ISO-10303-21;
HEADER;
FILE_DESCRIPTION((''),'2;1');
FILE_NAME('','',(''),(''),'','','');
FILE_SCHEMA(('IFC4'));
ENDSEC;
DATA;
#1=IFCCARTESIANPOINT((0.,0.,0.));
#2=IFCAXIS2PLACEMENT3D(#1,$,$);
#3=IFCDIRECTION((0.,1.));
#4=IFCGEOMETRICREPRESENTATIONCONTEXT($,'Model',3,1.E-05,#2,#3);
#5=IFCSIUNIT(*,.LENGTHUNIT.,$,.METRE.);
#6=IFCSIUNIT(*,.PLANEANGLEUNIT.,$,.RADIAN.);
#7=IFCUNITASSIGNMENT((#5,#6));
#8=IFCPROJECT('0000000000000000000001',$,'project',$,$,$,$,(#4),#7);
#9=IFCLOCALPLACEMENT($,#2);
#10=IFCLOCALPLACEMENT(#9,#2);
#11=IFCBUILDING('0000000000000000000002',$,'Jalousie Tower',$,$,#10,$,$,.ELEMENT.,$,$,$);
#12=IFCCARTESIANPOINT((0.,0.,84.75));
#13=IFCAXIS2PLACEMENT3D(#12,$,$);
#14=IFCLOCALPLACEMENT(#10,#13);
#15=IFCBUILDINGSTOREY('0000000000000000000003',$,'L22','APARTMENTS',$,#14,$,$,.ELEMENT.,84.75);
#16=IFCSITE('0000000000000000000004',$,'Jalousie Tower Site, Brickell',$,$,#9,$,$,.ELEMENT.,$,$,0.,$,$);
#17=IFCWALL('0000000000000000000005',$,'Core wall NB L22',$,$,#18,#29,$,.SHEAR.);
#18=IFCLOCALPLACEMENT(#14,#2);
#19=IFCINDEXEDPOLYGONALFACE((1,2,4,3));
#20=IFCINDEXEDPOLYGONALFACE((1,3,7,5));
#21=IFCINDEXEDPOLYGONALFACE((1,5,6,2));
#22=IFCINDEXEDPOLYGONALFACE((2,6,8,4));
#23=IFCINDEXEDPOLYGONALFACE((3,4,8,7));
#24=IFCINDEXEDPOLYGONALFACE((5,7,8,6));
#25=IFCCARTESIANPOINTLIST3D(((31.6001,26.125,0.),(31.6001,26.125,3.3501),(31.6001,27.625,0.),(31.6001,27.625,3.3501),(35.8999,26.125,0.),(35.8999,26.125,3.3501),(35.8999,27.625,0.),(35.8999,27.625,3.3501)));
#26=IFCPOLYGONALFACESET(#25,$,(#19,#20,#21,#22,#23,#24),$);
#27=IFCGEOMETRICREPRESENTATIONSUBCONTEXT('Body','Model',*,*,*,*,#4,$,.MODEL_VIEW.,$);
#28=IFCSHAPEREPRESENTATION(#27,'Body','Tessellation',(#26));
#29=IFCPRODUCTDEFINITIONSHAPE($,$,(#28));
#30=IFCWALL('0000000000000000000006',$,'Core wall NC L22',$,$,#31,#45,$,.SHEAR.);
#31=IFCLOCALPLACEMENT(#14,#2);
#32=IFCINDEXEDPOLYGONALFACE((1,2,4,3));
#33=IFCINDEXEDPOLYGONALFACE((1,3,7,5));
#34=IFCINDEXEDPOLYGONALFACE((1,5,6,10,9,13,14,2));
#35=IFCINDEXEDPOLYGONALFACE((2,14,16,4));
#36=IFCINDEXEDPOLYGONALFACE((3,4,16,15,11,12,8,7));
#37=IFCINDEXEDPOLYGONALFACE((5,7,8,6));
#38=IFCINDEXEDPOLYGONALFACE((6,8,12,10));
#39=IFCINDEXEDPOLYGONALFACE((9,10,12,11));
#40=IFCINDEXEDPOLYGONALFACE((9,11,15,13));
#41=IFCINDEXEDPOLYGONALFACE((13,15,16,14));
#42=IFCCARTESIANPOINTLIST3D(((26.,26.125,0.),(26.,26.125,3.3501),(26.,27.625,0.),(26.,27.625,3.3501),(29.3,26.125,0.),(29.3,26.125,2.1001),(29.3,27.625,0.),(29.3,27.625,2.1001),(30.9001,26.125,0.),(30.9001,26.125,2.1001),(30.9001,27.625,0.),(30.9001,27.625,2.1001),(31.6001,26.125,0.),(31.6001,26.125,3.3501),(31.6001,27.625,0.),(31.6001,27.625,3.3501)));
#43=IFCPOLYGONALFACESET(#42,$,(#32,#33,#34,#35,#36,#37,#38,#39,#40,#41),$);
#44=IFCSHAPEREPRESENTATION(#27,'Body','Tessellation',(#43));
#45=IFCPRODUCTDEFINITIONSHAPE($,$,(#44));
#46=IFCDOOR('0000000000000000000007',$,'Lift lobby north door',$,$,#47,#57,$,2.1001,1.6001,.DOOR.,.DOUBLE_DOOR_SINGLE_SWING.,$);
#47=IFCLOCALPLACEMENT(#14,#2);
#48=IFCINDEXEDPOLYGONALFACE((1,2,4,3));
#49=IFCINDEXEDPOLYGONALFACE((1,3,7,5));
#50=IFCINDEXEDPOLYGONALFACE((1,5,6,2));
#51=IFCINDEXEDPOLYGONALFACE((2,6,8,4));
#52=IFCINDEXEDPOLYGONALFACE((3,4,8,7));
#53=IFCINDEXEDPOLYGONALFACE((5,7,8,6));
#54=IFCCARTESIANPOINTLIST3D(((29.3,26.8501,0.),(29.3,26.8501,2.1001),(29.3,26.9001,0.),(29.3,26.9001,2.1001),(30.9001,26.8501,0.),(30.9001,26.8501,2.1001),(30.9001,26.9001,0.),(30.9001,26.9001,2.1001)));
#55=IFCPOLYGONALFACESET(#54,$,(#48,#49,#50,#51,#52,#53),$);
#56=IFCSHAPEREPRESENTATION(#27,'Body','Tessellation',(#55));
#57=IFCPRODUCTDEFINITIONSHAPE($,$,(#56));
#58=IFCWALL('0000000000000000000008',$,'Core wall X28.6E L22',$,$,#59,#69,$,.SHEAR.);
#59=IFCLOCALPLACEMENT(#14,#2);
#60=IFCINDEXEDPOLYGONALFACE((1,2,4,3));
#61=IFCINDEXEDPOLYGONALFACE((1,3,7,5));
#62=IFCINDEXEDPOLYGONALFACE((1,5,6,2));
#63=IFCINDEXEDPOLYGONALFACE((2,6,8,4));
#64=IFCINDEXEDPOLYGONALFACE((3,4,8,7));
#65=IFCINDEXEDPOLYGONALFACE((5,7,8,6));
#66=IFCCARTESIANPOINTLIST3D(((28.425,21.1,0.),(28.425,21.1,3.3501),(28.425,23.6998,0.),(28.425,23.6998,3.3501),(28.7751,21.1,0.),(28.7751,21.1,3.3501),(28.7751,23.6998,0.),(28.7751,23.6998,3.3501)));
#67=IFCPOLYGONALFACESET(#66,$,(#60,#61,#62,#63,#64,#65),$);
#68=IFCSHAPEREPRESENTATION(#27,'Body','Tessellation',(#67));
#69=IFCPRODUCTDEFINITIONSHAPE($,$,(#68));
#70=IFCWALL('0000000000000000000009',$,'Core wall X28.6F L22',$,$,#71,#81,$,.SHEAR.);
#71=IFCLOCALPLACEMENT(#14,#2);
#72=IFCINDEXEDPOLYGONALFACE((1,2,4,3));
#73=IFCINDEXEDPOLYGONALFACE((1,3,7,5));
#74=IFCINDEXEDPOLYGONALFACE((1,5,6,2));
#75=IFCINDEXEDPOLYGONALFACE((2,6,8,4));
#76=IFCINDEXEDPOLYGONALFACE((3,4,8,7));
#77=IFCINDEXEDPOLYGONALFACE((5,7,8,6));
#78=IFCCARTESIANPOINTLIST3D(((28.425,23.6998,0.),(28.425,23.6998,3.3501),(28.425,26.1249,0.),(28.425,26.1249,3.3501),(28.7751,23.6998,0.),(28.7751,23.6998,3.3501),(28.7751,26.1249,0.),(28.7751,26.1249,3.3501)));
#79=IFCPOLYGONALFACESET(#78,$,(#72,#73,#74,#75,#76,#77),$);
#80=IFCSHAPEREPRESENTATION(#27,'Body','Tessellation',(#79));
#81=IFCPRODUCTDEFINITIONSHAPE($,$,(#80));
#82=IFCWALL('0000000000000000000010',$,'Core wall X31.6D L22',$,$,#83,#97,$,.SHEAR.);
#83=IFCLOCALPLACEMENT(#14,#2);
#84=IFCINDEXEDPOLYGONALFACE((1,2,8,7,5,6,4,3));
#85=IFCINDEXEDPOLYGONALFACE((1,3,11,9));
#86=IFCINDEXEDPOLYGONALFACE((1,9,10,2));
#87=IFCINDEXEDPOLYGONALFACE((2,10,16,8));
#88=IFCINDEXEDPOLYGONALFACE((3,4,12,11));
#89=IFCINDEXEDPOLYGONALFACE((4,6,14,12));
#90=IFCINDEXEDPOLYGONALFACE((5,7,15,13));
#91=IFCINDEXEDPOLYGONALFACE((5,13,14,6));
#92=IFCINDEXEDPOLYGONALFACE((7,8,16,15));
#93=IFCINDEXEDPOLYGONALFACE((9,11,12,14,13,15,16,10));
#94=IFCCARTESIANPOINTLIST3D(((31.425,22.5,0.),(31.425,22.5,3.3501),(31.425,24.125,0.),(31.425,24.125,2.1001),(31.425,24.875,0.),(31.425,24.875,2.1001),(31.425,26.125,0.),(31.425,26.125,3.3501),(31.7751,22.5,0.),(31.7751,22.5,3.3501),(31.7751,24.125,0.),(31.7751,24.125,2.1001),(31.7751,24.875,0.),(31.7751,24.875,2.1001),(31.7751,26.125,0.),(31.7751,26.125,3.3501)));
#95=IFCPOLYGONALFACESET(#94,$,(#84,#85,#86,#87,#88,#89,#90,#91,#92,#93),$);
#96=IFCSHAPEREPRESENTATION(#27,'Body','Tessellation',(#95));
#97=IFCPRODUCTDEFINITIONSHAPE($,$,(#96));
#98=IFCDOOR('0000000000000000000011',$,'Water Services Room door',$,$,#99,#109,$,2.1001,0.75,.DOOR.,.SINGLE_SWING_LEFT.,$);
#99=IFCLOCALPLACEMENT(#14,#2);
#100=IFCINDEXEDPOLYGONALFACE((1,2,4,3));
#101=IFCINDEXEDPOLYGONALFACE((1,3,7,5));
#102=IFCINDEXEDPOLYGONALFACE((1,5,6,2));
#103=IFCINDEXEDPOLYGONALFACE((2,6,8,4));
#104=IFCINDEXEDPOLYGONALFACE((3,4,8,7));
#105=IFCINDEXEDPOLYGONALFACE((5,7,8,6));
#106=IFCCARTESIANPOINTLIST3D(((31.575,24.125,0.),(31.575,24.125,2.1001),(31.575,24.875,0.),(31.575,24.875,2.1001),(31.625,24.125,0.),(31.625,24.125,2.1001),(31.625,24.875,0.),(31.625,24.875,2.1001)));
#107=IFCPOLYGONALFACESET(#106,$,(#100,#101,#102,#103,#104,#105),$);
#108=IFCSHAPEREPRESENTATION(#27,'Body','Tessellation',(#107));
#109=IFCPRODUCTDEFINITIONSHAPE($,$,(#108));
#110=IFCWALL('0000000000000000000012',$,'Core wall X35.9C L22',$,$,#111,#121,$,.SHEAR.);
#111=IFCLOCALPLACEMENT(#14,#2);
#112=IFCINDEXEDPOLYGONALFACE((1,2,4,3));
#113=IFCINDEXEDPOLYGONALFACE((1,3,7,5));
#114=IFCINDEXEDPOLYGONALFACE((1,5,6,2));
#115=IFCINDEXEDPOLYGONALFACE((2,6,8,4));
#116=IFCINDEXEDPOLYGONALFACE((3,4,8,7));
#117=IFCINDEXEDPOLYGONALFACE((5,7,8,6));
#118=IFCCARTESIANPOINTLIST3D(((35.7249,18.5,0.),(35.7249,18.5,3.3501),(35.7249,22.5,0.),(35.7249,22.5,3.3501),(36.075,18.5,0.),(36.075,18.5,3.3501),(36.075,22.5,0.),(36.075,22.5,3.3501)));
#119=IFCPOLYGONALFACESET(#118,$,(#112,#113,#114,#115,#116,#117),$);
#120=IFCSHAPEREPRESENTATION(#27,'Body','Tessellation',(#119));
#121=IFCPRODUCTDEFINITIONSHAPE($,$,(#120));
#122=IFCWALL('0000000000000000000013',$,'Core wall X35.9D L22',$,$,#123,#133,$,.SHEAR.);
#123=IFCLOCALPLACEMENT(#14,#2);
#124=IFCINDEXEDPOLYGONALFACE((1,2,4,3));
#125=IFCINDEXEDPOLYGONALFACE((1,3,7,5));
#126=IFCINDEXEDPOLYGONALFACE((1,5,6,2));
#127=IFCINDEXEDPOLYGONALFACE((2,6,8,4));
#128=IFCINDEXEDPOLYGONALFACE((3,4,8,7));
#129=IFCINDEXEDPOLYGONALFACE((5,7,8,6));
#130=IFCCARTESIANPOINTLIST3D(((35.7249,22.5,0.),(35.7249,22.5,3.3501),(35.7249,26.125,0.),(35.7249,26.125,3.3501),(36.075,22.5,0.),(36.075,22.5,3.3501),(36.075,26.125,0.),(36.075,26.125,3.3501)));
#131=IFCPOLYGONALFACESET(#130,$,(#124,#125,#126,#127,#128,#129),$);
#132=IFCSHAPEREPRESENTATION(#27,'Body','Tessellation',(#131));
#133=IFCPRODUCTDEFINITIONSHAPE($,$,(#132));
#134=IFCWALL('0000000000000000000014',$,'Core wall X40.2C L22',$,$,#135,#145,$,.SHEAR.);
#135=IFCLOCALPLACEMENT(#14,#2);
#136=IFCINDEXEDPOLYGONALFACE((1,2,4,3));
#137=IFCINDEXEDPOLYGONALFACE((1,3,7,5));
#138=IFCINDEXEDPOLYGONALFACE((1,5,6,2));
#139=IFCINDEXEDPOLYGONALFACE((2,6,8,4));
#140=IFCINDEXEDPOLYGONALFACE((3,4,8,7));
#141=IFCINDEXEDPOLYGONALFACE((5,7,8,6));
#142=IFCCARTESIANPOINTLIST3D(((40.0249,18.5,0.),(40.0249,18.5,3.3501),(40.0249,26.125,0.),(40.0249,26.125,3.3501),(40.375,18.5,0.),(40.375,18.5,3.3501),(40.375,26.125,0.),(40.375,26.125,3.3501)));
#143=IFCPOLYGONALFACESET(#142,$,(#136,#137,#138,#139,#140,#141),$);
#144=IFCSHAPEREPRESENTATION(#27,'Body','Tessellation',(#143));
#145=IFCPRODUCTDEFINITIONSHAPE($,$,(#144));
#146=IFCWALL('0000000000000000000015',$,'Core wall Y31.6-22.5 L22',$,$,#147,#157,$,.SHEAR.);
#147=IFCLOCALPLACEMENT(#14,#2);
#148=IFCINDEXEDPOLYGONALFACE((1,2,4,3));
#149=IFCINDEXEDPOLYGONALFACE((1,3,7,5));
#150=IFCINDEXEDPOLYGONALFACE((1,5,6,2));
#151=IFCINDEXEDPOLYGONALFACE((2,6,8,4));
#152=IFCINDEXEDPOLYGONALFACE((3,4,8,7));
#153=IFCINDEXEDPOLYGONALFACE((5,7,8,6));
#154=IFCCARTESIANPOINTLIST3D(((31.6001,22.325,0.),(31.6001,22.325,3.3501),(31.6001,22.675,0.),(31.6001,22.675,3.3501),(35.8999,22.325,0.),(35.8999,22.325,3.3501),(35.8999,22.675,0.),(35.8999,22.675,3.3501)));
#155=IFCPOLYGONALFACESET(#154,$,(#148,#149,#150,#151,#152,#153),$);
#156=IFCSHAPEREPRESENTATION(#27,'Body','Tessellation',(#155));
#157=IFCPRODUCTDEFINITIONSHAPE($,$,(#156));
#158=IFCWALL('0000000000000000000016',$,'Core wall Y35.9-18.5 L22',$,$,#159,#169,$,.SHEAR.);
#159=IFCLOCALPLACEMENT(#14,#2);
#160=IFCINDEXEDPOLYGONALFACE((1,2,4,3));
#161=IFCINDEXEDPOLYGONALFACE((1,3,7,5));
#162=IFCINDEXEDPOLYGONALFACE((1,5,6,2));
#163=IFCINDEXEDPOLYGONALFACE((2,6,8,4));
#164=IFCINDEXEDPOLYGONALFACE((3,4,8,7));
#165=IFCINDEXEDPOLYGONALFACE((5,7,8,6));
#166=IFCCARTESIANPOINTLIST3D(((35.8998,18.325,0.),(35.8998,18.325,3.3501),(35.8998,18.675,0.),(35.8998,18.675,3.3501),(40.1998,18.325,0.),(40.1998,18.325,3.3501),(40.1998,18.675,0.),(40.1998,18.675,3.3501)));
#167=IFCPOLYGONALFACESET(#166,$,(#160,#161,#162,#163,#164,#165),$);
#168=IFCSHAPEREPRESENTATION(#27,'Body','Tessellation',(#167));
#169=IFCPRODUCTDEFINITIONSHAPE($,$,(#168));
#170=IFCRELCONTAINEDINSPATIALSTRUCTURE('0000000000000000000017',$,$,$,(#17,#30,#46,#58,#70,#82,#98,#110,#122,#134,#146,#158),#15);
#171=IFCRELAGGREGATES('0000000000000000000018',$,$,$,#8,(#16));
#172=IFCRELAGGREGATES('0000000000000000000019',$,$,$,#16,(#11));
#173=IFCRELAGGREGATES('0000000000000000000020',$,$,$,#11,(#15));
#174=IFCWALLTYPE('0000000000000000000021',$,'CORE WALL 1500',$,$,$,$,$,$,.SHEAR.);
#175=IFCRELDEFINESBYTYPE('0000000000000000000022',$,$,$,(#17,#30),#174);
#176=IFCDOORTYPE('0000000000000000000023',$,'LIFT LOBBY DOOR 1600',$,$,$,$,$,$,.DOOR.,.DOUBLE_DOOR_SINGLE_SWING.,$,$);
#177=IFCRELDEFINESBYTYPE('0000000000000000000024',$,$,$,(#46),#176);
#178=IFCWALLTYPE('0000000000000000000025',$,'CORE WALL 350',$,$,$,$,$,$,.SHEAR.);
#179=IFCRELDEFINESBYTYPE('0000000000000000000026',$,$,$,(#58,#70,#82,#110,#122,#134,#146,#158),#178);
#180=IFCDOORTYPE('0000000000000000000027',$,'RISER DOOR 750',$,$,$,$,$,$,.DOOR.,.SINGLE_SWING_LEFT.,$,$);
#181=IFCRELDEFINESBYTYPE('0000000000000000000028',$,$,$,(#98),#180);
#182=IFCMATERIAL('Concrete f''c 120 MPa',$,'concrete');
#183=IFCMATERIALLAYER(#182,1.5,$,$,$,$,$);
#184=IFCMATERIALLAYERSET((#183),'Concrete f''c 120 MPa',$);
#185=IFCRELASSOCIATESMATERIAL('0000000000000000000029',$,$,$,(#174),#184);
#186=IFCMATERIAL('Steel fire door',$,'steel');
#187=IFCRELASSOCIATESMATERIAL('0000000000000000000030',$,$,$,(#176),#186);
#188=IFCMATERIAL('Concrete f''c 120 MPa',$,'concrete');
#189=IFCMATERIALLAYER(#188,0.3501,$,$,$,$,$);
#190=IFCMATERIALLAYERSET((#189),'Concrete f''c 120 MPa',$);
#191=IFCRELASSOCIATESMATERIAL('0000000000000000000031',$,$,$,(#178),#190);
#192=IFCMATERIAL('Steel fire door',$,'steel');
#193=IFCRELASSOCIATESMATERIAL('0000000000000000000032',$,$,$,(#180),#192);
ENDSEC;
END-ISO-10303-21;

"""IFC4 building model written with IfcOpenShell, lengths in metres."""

from ifc_helpers import new_model, si_unit, direction, frame, frame_2d, origin, place, context, subcontext, project, spatial, rectangle, extrude, material, layer, layer_set, type_object, element, fill, save


model = new_model("IFC4")

# Units and contexts
model_context = context("Model", 3, precision=1e-05, world=origin(), true_north=direction((0.0, 1.0)))
body_context = subcontext(model_context, "Body", "Model", "MODEL_VIEW")
ifc_project = project(units=[si_unit("LENGTHUNIT", "METRE"), si_unit("PLANEANGLEUNIT", "RADIAN")], contexts=[model_context])

# Site, building, storey
site_placement = place(None, origin())
site = spatial("IfcSite", under=ifc_project, at=site_placement, Name="Jalousie Tower Site, Brickell", CompositionType="ELEMENT", RefElevation=0.0)
building_placement = place(site_placement, origin())
building = spatial("IfcBuilding", under=site, at=building_placement, Name="Jalousie Tower", CompositionType="ELEMENT")
storey_placement = place(building_placement, frame((0.0, 0.0, 84.75)))
storey = spatial("IfcBuildingStorey", under=building, at=storey_placement, Name="L22", Description="APARTMENTS", CompositionType="ELEMENT", Elevation=84.75)

# Wall
ifc_material_1 = material(Name="Concrete f'c 120 MPa", Category="concrete")
ifc_layer_1 = layer(ifc_material_1, 1.5)
ifc_layer_set_1 = layer_set([ifc_layer_1], Name="Concrete f'c 120 MPa")
wall_type_1 = type_object("IfcWallType", Name="CORE WALL 1500", PredefinedType="SHEAR", material=ifc_layer_set_1)
wall_1_placement = place(storey_placement, frame((35.8999, 26.875, 0.0), z_axis=(0.0, 0.0, 1.0), x_axis=(-1.0, 0.0, 0.0)))
element("IfcWall", 1, at=wall_1_placement, inside=storey, type_object=wall_type_1, Name="Core wall NB L22", PredefinedType="SHEAR", context=body_context, shape_type="SweptSolid", body=[
    extrude(rectangle(XDim=4.2998, YDim=1.5, at=frame_2d((2.1499, 0.0))), origin(), (0.0, 0.0, 1.0), 3.3501),
])

# Wall, opening, door
wall_2_placement = place(storey_placement, frame((31.6001, 26.875, 0.0), z_axis=(0.0, 0.0, 1.0), x_axis=(-1.0, 0.0, 0.0)))
wall_2 = element("IfcWall", 2, at=wall_2_placement, inside=storey, type_object=wall_type_1, Name="Core wall NC L22", PredefinedType="SHEAR", context=body_context, shape_type="SweptSolid", body=[
    extrude(rectangle(XDim=5.6001, YDim=1.5, at=frame_2d((2.8, 0.0))), origin(), (0.0, 0.0, 1.0), 3.3501),
])
opening_1_placement = place(wall_2_placement, frame((0.7, 0.0, 0.0)))
opening_1 = element("IfcOpeningElement", 3, at=opening_1_placement, cuts=wall_2, PredefinedType="OPENING", context=body_context, shape_type="SweptSolid", body=[
    extrude(rectangle(XDim=1.6001, YDim=2.1001, at=frame_2d((0.8, 1.05))), frame((0.0, 0.76, 0.0), z_axis=(0.0, -1.0, 0.0), x_axis=(1.0, 0.0, 0.0)), (0.0, 0.0, 1.0), 1.52),
])
ifc_material_2 = material(Name="Steel fire door", Category="steel")
door_type_1 = type_object("IfcDoorType", Name="LIFT LOBBY DOOR 1600", OperationType="DOUBLE_DOOR_SINGLE_SWING", PredefinedType="DOOR", material=ifc_material_2)
door_1_placement = place(opening_1_placement, origin())
door_1 = element("IfcDoor", 4, at=door_1_placement, inside=storey, type_object=door_type_1, Name="Lift lobby north door", OperationType="DOUBLE_DOOR_SINGLE_SWING", OverallHeight=2.1001, OverallWidth=1.6001, PredefinedType="DOOR", context=body_context, shape_type="SweptSolid", body=[
    extrude(rectangle(XDim=1.6001, YDim=2.1001, at=frame_2d((0.8, 1.05))), frame((0.0, 0.0249, 0.0), z_axis=(0.0, -1.0, 0.0), x_axis=(1.0, 0.0, 0.0)), (0.0, 0.0, 1.0), 0.05),
])
fill(opening_1, door_1)

# Walls
ifc_material_3 = material(Name="Concrete f'c 120 MPa", Category="concrete")
ifc_layer_2 = layer(ifc_material_3, 0.3501)
ifc_layer_set_2 = layer_set([ifc_layer_2], Name="Concrete f'c 120 MPa")
wall_type_2 = type_object("IfcWallType", Name="CORE WALL 350", PredefinedType="SHEAR", material=ifc_layer_set_2)
wall_3_placement = place(storey_placement, frame((28.6001, 21.1001, 0.0), z_axis=(0.0, 0.0, 1.0), x_axis=(0.0, 1.0, 0.0)))
element("IfcWall", 5, at=wall_3_placement, inside=storey, type_object=wall_type_2, Name="Core wall X28.6E L22", PredefinedType="SHEAR", context=body_context, shape_type="SweptSolid", body=[
    extrude(rectangle(XDim=2.5999, YDim=0.3501, at=frame_2d((1.2998, 0.0))), origin(), (0.0, 0.0, 1.0), 3.3501),
])
wall_4_placement = place(storey_placement, frame((28.6001, 23.7, 0.0), z_axis=(0.0, 0.0, 1.0), x_axis=(0.0, 1.0, 0.0)))
element("IfcWall", 6, at=wall_4_placement, inside=storey, type_object=wall_type_2, Name="Core wall X28.6F L22", PredefinedType="SHEAR", context=body_context, shape_type="SweptSolid", body=[
    extrude(rectangle(XDim=2.425, YDim=0.3501, at=frame_2d((1.2124, 0.0))), origin(), (0.0, 0.0, 1.0), 3.3501),
])

# Wall, opening, door
wall_5_placement = place(storey_placement, frame((31.6001, 22.5, 0.0), z_axis=(0.0, 0.0, 1.0), x_axis=(0.0, 1.0, 0.0)))
wall_5 = element("IfcWall", 7, at=wall_5_placement, inside=storey, type_object=wall_type_2, Name="Core wall X31.6D L22", PredefinedType="SHEAR", context=body_context, shape_type="SweptSolid", body=[
    extrude(rectangle(XDim=3.625, YDim=0.3501, at=frame_2d((1.8125, 0.0))), origin(), (0.0, 0.0, 1.0), 3.3501),
])
opening_2_placement = place(wall_5_placement, frame((1.625, 0.0, 0.0)))
opening_2 = element("IfcOpeningElement", 8, at=opening_2_placement, cuts=wall_5, PredefinedType="OPENING", context=body_context, shape_type="SweptSolid", body=[
    extrude(rectangle(XDim=0.75, YDim=2.1001, at=frame_2d((0.375, 1.05))), frame((0.0, 0.1851, 0.0), z_axis=(0.0, -1.0, 0.0), x_axis=(1.0, 0.0, 0.0)), (0.0, 0.0, 1.0), 0.3701),
])
ifc_material_4 = material(Name="Steel fire door", Category="steel")
door_type_2 = type_object("IfcDoorType", Name="RISER DOOR 750", OperationType="SINGLE_SWING_LEFT", PredefinedType="DOOR", material=ifc_material_4)
door_2_placement = place(opening_2_placement, frame((0.75, 0.0, 0.0), z_axis=(0.0, 0.0, 1.0), x_axis=(-1.0, 0.0, 0.0)))
door_2 = element("IfcDoor", 9, at=door_2_placement, inside=storey, type_object=door_type_2, Name="Water Services Room door", OperationType="SINGLE_SWING_LEFT", OverallHeight=2.1001, OverallWidth=0.75, PredefinedType="DOOR", context=body_context, shape_type="SweptSolid", body=[
    extrude(rectangle(XDim=0.75, YDim=2.1001, at=frame_2d((0.375, 1.05))), frame((0.0, 0.0249, 0.0), z_axis=(0.0, -1.0, 0.0), x_axis=(1.0, 0.0, 0.0)), (0.0, 0.0, 1.0), 0.05),
])
fill(opening_2, door_2)

# Walls
wall_6_placement = place(storey_placement, frame((35.8999, 18.5, 0.0), z_axis=(0.0, 0.0, 1.0), x_axis=(0.0, 1.0, 0.0)))
element("IfcWall", 10, at=wall_6_placement, inside=storey, type_object=wall_type_2, Name="Core wall X35.9C L22", PredefinedType="SHEAR", context=body_context, shape_type="SweptSolid", body=[
    extrude(rectangle(XDim=4.0, YDim=0.3501, at=frame_2d((2.0, 0.0))), origin(), (0.0, 0.0, 1.0), 3.3501),
])
wall_7_placement = place(storey_placement, frame((35.8999, 22.5, 0.0), z_axis=(0.0, 0.0, 1.0), x_axis=(0.0, 1.0, 0.0)))
element("IfcWall", 11, at=wall_7_placement, inside=storey, type_object=wall_type_2, Name="Core wall X35.9D L22", PredefinedType="SHEAR", context=body_context, shape_type="SweptSolid", body=[
    extrude(rectangle(XDim=3.625, YDim=0.3501, at=frame_2d((1.8125, 0.0))), origin(), (0.0, 0.0, 1.0), 3.3501),
])
wall_8_placement = place(storey_placement, frame((40.2, 18.5, 0.0), z_axis=(0.0, 0.0, 1.0), x_axis=(0.0, 1.0, 0.0)))
element("IfcWall", 12, at=wall_8_placement, inside=storey, type_object=wall_type_2, Name="Core wall X40.2C L22", PredefinedType="SHEAR", context=body_context, shape_type="SweptSolid", body=[
    extrude(rectangle(XDim=7.625, YDim=0.3501, at=frame_2d((3.8125, 0.0))), origin(), (0.0, 0.0, 1.0), 3.3501),
])
wall_9_placement = place(storey_placement, frame((31.6001, 22.5, 0.0), z_axis=(0.0, 0.0, 1.0), x_axis=(1.0, 0.0, 0.0)))
element("IfcWall", 13, at=wall_9_placement, inside=storey, type_object=wall_type_2, Name="Core wall Y31.6-22.5 L22", PredefinedType="SHEAR", context=body_context, shape_type="SweptSolid", body=[
    extrude(rectangle(XDim=4.2998, YDim=0.3501, at=frame_2d((2.1499, 0.0))), origin(), (0.0, 0.0, 1.0), 3.3501),
])
wall_10_placement = place(storey_placement, frame((35.8999, 18.5, 0.0), z_axis=(0.0, 0.0, 1.0), x_axis=(1.0, 0.0, 0.0)))
element("IfcWall", 14, at=wall_10_placement, inside=storey, type_object=wall_type_2, Name="Core wall Y35.9-18.5 L22", PredefinedType="SHEAR", context=body_context, shape_type="SweptSolid", body=[
    extrude(rectangle(XDim=4.3, YDim=0.3501, at=frame_2d((2.1499, 0.0))), origin(), (0.0, 0.0, 1.0), 3.3501),
])

save(model, "model.ifc")
